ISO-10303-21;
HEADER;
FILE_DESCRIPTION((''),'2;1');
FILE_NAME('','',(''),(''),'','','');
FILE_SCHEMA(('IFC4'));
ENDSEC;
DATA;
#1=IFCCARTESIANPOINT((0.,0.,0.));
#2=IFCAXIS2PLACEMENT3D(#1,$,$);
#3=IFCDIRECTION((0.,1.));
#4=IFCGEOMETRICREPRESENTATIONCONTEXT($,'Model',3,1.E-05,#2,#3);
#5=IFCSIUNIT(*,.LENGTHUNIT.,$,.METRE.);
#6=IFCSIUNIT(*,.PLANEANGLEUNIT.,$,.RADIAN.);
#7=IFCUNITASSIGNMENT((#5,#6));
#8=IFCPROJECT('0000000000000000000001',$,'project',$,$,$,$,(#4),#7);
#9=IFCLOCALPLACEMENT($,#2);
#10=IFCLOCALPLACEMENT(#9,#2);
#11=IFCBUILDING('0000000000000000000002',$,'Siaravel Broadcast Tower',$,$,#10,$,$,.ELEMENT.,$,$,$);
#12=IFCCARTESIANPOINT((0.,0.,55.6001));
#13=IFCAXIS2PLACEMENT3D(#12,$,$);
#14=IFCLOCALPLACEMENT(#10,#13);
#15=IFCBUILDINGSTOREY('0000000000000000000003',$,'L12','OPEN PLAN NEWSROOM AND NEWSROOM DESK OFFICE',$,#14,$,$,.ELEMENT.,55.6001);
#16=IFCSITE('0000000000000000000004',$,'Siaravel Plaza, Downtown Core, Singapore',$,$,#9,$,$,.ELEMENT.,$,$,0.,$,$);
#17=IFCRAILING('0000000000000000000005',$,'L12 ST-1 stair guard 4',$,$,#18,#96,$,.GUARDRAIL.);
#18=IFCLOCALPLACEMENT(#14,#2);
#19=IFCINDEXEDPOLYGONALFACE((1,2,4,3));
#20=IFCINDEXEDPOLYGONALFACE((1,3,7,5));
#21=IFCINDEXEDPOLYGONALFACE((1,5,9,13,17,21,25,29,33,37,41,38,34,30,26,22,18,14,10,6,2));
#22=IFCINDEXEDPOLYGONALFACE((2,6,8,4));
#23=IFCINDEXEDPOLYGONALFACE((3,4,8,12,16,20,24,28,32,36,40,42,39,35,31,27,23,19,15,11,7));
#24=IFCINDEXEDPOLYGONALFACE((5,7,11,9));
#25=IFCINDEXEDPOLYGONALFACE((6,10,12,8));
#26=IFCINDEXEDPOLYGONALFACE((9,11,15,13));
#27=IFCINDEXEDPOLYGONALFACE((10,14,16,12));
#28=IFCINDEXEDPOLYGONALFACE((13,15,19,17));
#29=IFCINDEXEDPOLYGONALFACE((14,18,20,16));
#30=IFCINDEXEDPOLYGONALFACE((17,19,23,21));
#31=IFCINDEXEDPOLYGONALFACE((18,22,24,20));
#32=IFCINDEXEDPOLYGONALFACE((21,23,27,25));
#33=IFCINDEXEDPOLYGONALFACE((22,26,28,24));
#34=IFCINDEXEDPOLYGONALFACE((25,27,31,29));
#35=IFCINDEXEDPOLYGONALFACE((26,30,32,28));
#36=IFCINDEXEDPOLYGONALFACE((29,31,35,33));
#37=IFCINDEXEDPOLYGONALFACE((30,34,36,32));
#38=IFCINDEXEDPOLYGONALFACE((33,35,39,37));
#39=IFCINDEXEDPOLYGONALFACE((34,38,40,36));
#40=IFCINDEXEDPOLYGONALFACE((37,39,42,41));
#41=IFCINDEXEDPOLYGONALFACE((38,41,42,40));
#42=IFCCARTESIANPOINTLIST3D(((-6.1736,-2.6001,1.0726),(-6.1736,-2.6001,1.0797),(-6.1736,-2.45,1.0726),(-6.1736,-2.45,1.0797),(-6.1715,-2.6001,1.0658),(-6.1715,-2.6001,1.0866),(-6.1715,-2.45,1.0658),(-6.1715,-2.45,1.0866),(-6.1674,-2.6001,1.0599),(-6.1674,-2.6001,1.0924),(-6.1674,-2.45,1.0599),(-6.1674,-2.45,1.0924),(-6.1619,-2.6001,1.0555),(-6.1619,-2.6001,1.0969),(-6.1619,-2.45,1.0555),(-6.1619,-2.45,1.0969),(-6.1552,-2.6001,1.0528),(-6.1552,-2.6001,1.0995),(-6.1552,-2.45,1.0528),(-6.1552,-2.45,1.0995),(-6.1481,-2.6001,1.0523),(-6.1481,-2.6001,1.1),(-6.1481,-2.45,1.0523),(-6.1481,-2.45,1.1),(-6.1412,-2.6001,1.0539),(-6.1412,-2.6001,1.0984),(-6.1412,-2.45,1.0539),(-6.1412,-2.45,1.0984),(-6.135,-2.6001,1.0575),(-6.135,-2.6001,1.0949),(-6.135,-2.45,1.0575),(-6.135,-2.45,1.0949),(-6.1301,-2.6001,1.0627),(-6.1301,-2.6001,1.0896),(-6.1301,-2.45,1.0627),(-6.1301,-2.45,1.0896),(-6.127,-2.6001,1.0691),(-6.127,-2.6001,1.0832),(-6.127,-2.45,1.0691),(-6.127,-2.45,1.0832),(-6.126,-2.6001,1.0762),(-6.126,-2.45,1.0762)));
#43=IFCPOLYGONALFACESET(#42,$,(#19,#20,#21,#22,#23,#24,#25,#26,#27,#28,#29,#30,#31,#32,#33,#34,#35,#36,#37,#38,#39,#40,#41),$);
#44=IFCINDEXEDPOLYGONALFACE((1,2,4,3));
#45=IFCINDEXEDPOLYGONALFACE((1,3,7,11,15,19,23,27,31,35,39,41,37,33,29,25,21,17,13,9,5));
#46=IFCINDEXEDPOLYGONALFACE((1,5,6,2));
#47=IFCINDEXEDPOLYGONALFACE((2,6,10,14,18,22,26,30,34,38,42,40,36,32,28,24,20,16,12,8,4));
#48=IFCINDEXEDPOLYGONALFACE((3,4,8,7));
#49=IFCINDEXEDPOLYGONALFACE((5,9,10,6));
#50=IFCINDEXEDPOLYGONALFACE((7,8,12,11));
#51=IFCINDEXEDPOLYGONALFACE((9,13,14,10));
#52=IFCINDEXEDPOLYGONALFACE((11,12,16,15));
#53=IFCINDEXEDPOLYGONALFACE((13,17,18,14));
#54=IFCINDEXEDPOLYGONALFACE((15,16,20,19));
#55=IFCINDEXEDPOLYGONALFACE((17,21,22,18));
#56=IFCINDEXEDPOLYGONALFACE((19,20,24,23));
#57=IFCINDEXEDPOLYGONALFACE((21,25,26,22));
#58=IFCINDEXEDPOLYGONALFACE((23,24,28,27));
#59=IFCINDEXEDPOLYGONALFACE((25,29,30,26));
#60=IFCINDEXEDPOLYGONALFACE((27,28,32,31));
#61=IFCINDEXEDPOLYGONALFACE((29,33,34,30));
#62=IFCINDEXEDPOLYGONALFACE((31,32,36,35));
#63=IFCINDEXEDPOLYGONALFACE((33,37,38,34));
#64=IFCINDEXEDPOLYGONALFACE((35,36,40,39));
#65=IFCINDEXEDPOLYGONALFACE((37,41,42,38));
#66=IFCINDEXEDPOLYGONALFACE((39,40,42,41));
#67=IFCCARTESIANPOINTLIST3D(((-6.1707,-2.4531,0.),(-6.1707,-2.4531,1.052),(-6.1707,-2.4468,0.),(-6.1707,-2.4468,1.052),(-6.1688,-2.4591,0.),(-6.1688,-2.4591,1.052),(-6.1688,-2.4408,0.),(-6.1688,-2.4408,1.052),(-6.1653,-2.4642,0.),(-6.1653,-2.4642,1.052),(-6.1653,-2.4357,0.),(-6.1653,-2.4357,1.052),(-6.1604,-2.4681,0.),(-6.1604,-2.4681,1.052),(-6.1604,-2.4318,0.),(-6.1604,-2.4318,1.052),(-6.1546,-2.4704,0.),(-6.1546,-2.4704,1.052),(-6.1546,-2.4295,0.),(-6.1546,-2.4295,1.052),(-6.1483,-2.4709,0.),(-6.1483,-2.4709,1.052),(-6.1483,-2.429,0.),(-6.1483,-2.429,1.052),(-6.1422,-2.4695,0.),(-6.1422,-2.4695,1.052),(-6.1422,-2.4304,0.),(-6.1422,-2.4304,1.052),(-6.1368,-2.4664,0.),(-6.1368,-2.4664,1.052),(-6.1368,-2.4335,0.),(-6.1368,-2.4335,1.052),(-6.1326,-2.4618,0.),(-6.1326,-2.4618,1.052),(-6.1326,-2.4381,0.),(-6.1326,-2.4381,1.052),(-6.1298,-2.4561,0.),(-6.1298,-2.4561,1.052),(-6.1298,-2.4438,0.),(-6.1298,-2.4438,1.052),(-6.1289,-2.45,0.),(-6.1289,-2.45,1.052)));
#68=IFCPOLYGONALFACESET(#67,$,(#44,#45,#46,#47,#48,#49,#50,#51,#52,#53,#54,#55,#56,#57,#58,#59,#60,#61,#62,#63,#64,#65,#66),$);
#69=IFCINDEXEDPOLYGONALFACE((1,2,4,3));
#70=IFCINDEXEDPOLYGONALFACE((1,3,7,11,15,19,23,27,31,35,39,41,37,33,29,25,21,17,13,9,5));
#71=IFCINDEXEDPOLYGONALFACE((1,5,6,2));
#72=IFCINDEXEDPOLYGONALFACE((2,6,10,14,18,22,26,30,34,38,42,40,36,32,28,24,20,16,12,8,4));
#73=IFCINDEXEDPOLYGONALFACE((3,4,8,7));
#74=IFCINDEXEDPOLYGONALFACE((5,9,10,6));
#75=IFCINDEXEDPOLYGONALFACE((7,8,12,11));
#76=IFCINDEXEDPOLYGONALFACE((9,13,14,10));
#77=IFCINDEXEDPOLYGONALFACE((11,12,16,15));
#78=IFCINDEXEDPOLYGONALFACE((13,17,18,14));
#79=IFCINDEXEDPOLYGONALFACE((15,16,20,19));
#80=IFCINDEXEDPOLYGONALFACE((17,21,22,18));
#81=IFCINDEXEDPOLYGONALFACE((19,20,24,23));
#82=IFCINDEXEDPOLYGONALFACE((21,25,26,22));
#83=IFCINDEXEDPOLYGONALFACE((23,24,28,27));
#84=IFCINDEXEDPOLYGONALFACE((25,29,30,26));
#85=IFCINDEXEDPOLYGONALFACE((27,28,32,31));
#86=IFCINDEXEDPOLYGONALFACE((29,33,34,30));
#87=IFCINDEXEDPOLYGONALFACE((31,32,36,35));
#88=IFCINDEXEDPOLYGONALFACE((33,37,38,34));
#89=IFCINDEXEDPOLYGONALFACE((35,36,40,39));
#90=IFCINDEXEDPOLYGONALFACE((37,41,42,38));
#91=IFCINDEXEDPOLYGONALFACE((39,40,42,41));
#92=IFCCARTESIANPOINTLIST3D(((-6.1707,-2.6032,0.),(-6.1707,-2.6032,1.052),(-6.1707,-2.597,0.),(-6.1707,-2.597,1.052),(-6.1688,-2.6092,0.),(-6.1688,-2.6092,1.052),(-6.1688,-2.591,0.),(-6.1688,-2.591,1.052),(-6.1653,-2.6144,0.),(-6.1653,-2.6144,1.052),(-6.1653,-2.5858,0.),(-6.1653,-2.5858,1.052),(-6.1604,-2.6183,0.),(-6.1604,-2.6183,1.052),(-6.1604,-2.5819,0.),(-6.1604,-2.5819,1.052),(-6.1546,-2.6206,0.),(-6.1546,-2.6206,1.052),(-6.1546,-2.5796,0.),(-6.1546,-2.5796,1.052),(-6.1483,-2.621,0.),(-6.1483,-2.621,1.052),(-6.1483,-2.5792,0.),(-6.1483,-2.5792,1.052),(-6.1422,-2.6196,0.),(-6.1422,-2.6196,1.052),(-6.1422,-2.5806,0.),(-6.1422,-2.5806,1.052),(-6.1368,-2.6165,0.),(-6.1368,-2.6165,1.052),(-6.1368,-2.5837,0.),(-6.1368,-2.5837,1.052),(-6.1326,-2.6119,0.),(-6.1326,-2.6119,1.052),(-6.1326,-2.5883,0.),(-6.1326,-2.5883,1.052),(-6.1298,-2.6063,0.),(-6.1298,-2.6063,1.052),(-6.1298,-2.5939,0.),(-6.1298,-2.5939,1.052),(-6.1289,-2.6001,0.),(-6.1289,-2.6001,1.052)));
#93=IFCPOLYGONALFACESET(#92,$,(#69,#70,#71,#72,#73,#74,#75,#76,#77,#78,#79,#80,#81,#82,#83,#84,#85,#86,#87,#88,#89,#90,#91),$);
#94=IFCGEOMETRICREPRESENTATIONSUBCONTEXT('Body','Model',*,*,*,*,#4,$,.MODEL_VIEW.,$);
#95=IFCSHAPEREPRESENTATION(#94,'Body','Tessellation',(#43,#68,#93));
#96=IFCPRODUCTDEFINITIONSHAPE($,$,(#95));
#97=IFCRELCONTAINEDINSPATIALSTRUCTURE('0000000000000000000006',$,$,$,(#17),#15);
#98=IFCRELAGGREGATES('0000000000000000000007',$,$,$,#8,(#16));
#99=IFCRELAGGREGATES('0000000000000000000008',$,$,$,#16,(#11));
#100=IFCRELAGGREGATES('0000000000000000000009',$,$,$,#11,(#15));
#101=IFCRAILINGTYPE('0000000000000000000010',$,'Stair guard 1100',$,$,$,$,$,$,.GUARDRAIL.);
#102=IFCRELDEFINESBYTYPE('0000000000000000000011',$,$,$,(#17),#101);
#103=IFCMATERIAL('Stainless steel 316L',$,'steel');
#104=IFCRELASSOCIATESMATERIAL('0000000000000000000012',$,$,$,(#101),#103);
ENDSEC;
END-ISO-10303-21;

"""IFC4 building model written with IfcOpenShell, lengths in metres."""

from ifc_helpers import new_model, si_unit, direction, frame, origin, origin_2d, place, context, subcontext, project, spatial, circle, extrude, material, type_object, element, save


model = new_model("IFC4")

# Units and contexts
model_context = context("Model", 3, precision=1e-05, world=origin(), true_north=direction((0.0, 1.0)))
body_context = subcontext(model_context, "Body", "Model", "MODEL_VIEW")
ifc_project = project(units=[si_unit("LENGTHUNIT", "METRE"), si_unit("PLANEANGLEUNIT", "RADIAN")], contexts=[model_context])

# Site, building, storey
site_placement = place(None, origin())
site = spatial("IfcSite", under=ifc_project, at=site_placement, Name="Siaravel Plaza, Downtown Core, Singapore", CompositionType="ELEMENT", RefElevation=0.0)
building_placement = place(site_placement, origin())
building = spatial("IfcBuilding", under=site, at=building_placement, Name="Siaravel Broadcast Tower", CompositionType="ELEMENT")
storey_placement = place(building_placement, frame((0.0, 0.0, 55.6001)))
storey = spatial("IfcBuildingStorey", under=building, at=storey_placement, Name="L12", Description="OPEN PLAN NEWSROOM AND NEWSROOM DESK OFFICE", CompositionType="ELEMENT", Elevation=55.6001)

# Railing
ifc_material_1 = material(Name="Stainless steel 316L", Category="steel")
railing_type_1 = type_object("IfcRailingType", Name="Stair guard 1100", PredefinedType="GUARDRAIL", material=ifc_material_1)
railing_1_placement = place(storey_placement, frame((-6.1499, -2.45, 0.0)))
element("IfcRailing", 1, at=railing_1_placement, inside=storey, type_object=railing_type_1, Name="L12 ST-1 stair guard 4", PredefinedType="GUARDRAIL", context=body_context, shape_type="SweptSolid", body=[
    extrude(circle(Radius=0.0239, at=origin_2d()), frame((0.0, 0.0, 1.0762), z_axis=(0.0, -1.0, 0.0), x_axis=(1.0, 0.0, 0.0)), (0.0, 0.0, 1.0), 0.1501),
    extrude(circle(Radius=0.021, at=origin_2d()), origin(), (0.0, 0.0, 1.0), 1.052),
    extrude(circle(Radius=0.021, at=origin_2d()), frame((0.0, -0.1501, 0.0)), (0.0, 0.0, 1.0), 1.052),
])

save(model, "model.ifc")
